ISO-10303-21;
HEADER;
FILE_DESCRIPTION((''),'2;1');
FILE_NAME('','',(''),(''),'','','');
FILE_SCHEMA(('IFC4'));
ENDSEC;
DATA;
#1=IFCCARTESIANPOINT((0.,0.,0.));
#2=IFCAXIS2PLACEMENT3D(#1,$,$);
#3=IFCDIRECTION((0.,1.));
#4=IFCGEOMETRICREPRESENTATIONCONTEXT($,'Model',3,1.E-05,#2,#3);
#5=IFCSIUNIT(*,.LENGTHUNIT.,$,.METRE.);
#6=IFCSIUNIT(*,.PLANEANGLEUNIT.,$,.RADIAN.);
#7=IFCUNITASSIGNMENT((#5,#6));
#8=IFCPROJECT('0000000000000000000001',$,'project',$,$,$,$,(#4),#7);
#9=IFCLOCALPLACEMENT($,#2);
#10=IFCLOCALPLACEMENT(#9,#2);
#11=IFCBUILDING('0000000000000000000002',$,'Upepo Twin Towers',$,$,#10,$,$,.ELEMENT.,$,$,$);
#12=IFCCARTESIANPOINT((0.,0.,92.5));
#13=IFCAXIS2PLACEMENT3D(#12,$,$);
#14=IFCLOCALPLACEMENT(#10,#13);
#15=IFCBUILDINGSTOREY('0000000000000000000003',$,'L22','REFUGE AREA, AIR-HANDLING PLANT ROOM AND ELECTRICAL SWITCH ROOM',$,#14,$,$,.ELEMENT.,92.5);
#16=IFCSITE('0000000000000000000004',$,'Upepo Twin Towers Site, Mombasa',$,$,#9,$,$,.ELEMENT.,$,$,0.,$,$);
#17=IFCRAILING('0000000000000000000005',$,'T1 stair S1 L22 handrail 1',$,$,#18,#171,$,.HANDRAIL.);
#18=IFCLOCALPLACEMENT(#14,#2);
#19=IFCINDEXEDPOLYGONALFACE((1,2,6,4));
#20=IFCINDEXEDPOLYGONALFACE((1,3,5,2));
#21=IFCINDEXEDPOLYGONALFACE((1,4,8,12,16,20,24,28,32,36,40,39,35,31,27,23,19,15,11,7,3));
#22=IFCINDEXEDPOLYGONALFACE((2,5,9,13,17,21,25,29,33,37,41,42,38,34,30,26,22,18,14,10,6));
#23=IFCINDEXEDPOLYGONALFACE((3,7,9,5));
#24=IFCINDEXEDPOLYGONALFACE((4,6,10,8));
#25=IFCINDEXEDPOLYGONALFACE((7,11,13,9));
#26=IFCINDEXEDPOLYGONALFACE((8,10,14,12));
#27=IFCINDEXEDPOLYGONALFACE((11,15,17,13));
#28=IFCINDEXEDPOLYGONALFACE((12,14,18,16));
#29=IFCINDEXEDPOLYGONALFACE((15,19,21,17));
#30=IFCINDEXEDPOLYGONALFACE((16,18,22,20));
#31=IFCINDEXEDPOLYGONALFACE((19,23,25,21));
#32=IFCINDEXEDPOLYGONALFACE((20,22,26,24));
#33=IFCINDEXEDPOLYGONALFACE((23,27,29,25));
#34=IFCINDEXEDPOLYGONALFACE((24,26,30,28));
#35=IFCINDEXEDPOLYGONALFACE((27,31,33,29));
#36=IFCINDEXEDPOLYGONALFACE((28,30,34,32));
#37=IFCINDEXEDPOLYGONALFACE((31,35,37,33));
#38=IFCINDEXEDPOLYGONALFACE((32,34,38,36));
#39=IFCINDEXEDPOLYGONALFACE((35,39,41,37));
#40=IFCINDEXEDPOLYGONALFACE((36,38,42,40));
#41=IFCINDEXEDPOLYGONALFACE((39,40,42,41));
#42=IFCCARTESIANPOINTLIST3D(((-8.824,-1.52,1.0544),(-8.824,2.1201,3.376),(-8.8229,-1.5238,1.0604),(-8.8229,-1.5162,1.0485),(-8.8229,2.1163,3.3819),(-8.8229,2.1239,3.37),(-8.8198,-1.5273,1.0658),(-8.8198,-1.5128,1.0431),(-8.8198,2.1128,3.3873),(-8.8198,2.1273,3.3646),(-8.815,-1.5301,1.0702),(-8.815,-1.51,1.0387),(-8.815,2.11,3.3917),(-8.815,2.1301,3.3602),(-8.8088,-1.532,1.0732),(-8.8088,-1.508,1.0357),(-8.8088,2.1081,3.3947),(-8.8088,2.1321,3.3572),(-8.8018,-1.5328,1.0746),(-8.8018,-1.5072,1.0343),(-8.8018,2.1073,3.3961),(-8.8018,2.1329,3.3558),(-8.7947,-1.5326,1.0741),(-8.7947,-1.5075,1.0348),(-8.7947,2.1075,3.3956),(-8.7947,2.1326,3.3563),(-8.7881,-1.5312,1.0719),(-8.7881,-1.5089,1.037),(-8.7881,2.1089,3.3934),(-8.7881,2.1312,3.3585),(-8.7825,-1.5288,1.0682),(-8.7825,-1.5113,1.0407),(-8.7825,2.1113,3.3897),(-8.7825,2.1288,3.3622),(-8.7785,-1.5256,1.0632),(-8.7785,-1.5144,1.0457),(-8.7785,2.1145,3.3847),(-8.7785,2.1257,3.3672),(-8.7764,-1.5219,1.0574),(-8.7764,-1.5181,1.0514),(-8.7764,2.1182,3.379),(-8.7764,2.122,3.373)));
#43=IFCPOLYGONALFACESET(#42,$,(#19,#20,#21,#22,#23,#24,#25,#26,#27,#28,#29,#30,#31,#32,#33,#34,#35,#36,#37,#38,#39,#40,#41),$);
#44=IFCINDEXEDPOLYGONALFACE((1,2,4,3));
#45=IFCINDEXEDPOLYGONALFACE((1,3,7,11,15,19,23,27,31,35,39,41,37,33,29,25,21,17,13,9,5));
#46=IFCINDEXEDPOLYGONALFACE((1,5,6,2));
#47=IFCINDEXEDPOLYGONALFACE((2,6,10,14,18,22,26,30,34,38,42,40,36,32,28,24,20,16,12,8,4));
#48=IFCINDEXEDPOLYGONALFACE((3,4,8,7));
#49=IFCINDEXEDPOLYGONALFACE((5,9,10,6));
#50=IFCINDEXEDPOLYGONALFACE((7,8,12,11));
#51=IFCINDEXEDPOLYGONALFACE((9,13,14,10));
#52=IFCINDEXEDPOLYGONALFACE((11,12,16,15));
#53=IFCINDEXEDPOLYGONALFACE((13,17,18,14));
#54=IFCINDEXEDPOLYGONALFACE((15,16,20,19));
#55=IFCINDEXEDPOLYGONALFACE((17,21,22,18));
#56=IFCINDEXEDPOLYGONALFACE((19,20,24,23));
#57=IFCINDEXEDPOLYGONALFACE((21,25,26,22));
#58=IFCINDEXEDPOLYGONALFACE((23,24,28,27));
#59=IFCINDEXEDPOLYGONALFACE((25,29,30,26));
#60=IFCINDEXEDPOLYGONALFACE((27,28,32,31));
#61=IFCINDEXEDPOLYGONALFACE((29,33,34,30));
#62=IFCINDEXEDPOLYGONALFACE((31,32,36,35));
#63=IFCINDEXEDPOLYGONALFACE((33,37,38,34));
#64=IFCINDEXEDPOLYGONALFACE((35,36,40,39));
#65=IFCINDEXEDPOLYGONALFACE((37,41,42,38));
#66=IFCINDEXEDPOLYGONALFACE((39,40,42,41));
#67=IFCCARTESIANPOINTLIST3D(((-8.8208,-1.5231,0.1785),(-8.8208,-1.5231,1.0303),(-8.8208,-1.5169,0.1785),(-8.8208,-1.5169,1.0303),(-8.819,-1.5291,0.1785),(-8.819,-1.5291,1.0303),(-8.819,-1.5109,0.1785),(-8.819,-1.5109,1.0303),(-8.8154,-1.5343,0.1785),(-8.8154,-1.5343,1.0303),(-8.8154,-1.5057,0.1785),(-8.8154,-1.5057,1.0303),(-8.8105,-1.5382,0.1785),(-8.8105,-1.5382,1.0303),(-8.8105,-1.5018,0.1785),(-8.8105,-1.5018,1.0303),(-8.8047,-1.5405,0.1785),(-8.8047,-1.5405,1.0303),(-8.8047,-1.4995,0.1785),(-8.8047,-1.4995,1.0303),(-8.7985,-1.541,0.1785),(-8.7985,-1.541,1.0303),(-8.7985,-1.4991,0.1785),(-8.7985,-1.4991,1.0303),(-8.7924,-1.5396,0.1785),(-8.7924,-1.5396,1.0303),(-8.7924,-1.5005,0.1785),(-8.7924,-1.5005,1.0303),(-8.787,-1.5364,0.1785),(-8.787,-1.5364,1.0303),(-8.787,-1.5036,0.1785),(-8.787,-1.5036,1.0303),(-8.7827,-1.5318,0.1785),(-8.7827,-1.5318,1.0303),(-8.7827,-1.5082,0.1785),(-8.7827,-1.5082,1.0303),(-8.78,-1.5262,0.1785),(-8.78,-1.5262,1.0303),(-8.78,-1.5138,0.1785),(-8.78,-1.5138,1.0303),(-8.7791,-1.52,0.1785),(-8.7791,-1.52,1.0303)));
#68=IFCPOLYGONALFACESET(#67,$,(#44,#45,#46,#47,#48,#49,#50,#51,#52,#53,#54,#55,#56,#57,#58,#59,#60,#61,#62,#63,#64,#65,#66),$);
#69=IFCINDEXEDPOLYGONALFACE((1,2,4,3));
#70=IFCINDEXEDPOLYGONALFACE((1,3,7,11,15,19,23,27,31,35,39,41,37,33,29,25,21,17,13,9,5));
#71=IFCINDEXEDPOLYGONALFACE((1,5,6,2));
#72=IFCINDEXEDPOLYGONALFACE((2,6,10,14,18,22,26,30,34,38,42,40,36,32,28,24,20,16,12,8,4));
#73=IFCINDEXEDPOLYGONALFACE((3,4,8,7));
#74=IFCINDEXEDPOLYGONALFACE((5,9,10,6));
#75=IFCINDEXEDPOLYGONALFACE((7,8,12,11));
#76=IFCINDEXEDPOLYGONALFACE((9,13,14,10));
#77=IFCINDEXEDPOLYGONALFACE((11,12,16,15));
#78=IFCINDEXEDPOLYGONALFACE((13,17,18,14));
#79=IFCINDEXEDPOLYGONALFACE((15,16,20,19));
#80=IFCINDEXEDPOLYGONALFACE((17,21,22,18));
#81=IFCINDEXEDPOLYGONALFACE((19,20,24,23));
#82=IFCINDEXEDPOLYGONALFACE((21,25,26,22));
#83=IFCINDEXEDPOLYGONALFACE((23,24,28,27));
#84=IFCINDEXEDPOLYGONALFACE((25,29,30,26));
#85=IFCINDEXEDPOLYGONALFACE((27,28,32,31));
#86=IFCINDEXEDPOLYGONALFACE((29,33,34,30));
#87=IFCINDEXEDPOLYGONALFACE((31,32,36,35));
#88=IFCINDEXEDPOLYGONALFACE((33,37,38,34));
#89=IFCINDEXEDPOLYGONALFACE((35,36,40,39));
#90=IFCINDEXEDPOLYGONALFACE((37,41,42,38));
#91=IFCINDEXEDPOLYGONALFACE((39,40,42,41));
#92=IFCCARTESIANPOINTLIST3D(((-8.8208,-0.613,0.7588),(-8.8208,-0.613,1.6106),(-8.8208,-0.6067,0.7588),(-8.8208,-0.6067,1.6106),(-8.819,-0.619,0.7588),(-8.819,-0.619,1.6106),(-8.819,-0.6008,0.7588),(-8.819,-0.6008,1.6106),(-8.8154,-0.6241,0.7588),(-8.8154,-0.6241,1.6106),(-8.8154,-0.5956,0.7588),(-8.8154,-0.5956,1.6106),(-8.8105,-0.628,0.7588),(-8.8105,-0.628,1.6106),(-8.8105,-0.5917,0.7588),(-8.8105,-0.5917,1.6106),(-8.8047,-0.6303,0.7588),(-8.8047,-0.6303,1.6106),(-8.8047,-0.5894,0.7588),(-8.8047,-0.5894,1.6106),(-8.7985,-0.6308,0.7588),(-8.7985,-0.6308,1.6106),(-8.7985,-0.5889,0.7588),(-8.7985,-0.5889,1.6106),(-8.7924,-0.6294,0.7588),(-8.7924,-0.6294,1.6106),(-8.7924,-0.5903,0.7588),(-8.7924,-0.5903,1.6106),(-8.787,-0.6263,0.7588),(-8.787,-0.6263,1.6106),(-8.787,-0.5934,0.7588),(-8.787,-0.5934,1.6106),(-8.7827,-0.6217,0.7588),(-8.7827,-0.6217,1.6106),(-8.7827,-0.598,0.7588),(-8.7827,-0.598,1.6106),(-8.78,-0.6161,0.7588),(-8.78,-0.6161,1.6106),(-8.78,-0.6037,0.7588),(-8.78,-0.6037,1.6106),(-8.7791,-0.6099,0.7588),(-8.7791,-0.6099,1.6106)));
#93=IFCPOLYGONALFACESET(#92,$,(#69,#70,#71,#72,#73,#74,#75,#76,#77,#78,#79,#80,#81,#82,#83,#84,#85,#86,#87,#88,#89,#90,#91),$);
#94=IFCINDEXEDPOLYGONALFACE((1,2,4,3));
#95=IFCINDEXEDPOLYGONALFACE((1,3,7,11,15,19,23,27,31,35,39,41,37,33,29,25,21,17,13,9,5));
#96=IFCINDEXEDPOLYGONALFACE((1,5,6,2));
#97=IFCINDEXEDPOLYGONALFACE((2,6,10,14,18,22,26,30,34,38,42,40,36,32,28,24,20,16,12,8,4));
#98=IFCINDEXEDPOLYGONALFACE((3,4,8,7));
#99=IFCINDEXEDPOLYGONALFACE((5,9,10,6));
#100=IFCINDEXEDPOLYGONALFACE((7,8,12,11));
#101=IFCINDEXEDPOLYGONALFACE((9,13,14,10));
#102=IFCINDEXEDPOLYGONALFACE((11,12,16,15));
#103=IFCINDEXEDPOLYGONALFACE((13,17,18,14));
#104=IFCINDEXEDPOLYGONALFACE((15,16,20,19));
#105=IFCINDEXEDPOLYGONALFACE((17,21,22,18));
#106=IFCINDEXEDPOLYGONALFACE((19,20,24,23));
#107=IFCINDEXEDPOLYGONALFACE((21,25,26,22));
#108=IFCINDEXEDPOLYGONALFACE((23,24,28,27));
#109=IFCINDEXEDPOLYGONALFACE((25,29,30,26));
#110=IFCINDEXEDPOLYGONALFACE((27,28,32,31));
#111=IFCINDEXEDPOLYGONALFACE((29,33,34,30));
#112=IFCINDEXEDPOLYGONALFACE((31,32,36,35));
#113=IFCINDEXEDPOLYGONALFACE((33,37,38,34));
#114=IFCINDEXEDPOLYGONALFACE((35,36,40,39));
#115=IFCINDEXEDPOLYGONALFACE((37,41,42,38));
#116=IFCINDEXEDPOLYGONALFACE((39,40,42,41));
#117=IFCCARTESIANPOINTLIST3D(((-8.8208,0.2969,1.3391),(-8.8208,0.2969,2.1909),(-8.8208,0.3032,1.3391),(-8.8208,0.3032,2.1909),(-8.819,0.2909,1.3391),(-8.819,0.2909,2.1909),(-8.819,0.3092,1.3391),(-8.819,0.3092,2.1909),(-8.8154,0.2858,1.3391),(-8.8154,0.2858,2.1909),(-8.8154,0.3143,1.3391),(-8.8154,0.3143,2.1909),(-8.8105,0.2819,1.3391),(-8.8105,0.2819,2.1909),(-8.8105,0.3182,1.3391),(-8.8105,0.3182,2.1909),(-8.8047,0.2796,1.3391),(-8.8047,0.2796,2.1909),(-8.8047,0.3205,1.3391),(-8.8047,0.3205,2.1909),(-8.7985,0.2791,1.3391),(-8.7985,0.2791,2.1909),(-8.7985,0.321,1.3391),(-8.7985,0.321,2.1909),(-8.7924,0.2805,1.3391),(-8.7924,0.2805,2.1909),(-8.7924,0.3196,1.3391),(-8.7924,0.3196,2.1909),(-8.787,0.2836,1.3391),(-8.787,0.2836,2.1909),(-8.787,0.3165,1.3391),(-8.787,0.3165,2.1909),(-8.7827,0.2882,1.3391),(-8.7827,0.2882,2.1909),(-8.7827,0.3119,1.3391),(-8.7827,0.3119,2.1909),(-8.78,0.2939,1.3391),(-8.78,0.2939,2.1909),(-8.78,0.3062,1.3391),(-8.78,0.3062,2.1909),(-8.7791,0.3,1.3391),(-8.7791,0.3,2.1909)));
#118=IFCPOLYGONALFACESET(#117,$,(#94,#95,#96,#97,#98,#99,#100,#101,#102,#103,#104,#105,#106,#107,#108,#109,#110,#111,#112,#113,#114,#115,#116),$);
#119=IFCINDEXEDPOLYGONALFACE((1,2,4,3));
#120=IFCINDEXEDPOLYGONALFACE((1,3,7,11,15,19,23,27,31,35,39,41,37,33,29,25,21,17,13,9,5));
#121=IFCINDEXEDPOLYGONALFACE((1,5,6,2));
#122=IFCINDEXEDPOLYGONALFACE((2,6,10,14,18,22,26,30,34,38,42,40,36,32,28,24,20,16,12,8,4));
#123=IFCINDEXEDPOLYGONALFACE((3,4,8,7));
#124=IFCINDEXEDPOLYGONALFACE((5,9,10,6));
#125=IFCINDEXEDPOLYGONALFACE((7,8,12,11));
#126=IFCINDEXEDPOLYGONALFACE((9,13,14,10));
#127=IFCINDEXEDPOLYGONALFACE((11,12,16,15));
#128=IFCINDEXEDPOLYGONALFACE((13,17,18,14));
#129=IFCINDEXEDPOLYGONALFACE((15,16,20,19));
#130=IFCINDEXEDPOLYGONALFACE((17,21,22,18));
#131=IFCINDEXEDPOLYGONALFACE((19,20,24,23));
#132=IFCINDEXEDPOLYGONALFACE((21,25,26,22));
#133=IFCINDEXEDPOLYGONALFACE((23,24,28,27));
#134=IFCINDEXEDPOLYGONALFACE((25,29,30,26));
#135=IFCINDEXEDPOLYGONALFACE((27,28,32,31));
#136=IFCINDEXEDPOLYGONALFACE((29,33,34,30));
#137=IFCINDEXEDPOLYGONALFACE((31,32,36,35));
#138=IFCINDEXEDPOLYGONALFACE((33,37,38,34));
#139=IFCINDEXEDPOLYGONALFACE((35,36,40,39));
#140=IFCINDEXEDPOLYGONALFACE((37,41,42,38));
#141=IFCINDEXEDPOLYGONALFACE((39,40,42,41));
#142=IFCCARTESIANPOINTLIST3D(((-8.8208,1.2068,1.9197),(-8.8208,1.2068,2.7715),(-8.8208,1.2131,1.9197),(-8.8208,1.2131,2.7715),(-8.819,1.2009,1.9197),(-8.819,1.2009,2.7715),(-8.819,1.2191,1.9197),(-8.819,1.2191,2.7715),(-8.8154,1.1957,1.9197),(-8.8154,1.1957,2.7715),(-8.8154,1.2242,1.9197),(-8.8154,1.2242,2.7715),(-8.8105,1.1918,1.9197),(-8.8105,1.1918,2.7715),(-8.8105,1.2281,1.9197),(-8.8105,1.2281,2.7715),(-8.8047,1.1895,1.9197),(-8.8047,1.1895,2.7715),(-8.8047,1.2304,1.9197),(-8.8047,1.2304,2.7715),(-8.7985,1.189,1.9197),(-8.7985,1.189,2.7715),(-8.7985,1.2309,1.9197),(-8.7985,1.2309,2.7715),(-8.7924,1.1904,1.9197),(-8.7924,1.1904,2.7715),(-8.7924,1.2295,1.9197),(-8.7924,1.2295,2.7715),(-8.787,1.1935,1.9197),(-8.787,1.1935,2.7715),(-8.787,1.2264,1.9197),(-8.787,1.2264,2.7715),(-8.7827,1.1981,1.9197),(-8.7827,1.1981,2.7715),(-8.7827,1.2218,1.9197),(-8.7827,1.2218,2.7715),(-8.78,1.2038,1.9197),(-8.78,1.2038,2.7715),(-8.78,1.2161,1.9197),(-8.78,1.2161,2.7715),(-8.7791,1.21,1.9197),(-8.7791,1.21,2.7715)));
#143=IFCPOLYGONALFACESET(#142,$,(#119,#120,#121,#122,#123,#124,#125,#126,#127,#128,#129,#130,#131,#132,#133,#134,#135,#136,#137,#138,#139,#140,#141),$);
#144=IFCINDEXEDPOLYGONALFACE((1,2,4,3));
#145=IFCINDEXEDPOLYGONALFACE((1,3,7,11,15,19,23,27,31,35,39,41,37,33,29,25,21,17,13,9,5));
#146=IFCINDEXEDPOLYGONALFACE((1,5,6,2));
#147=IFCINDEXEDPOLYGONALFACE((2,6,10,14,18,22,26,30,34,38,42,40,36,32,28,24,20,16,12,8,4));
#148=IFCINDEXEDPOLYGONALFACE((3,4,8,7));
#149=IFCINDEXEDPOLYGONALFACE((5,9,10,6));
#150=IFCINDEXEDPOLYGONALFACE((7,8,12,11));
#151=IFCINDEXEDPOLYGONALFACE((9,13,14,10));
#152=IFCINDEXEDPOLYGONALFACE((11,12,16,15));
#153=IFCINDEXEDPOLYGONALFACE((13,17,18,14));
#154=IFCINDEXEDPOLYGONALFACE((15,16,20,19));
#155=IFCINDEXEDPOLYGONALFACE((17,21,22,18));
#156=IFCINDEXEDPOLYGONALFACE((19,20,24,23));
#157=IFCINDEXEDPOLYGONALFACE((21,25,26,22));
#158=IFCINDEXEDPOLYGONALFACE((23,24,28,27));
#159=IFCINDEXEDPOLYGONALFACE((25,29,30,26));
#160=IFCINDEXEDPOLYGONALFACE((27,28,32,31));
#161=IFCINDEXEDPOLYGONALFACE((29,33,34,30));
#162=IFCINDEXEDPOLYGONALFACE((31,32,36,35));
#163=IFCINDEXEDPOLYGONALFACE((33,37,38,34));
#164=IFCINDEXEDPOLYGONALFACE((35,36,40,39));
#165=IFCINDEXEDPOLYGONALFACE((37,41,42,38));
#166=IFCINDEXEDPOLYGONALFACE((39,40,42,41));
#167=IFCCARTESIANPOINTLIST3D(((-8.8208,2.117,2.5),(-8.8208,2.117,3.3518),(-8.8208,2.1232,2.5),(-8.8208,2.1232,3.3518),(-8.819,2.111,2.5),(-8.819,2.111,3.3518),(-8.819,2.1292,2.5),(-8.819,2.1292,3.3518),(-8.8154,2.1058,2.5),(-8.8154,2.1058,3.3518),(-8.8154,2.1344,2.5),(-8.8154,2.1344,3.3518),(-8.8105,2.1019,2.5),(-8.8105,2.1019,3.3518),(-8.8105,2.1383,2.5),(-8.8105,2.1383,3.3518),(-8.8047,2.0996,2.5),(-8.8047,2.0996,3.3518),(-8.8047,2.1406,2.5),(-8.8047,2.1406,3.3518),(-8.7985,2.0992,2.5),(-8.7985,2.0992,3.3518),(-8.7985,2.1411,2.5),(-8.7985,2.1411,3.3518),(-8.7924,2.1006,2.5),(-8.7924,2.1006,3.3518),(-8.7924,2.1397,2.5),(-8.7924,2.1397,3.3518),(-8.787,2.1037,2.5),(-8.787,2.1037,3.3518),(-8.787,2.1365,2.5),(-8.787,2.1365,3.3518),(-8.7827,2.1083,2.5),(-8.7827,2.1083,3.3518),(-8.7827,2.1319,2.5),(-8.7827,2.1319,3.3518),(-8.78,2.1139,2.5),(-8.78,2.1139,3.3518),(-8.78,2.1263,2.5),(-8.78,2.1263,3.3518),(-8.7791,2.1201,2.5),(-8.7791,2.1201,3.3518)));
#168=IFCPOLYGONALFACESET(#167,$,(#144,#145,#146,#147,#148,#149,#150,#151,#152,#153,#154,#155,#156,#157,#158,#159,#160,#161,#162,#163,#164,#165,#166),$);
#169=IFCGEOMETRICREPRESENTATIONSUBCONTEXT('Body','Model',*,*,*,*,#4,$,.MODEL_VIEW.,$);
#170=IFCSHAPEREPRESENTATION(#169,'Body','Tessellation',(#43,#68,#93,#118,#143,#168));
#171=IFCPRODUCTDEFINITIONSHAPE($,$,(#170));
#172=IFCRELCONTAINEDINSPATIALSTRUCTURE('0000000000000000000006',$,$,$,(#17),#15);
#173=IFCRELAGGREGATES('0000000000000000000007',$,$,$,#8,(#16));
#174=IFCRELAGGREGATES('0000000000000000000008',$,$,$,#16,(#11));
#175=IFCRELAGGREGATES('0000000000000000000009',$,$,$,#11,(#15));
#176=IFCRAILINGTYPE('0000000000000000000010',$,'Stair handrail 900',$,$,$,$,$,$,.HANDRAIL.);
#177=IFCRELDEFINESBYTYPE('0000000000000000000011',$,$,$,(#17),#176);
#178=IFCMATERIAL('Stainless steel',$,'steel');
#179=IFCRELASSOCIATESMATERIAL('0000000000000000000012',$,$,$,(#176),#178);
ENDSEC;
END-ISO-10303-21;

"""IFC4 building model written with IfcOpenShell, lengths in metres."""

from ifc_helpers import new_model, si_unit, direction, frame, origin, origin_2d, place, context, subcontext, project, spatial, circle, extrude, material, type_object, element, save


model = new_model("IFC4")

# Units and contexts
model_context = context("Model", 3, precision=1e-05, world=origin(), true_north=direction((0.0, 1.0)))
body_context = subcontext(model_context, "Body", "Model", "MODEL_VIEW")
ifc_project = project(units=[si_unit("LENGTHUNIT", "METRE"), si_unit("PLANEANGLEUNIT", "RADIAN")], contexts=[model_context])

# Site, building, storey
site_placement = place(None, origin())
site = spatial("IfcSite", under=ifc_project, at=site_placement, Name="Upepo Twin Towers Site, Mombasa", CompositionType="ELEMENT", RefElevation=0.0)
building_placement = place(site_placement, origin())
building = spatial("IfcBuilding", under=site, at=building_placement, Name="Upepo Twin Towers", CompositionType="ELEMENT")
storey_placement = place(building_placement, frame((0.0, 0.0, 92.5)))
storey = spatial("IfcBuildingStorey", under=building, at=storey_placement, Name="L22", Description="REFUGE AREA, AIR-HANDLING PLANT ROOM AND ELECTRICAL SWITCH ROOM", CompositionType="ELEMENT", Elevation=92.5)

# Railing
ifc_material_1 = material(Name="Stainless steel", Category="steel")
railing_type_1 = type_object("IfcRailingType", Name="Stair handrail 900", PredefinedType="HANDRAIL", material=ifc_material_1)
railing_1_placement = place(storey_placement, frame((-8.8, -1.52, 0.1785)))
element("IfcRailing", 1, at=railing_1_placement, inside=storey, type_object=railing_type_1, Name="T1 stair S1 L22 handrail 1", PredefinedType="HANDRAIL", context=body_context, shape_type="SweptSolid", body=[
    extrude(circle(Radius=0.0239, at=origin_2d()), frame((0.0, 0.0, 0.876), z_axis=(0.0, 0.843128, 0.537713), x_axis=(-1.0, 0.0, 0.0)), (0.0, 0.0, 1.0), 4.3174),
    extrude(circle(Radius=0.021, at=origin_2d()), origin(), (0.0, 0.0, 1.0), 0.8518),
    extrude(circle(Radius=0.021, at=origin_2d()), frame((0.0, 0.9102, 0.5803)), (0.0, 0.0, 1.0), 0.8518),
    extrude(circle(Radius=0.021, at=origin_2d()), frame((0.0, 1.8201, 1.1606)), (0.0, 0.0, 1.0), 0.8518),
    extrude(circle(Radius=0.021, at=origin_2d()), frame((0.0, 2.73, 1.7412)), (0.0, 0.0, 1.0), 0.8518),
    extrude(circle(Radius=0.021, at=origin_2d()), frame((0.0, 3.6401, 2.3215)), (0.0, 0.0, 1.0), 0.8518),
])

save(model, "model.ifc")
